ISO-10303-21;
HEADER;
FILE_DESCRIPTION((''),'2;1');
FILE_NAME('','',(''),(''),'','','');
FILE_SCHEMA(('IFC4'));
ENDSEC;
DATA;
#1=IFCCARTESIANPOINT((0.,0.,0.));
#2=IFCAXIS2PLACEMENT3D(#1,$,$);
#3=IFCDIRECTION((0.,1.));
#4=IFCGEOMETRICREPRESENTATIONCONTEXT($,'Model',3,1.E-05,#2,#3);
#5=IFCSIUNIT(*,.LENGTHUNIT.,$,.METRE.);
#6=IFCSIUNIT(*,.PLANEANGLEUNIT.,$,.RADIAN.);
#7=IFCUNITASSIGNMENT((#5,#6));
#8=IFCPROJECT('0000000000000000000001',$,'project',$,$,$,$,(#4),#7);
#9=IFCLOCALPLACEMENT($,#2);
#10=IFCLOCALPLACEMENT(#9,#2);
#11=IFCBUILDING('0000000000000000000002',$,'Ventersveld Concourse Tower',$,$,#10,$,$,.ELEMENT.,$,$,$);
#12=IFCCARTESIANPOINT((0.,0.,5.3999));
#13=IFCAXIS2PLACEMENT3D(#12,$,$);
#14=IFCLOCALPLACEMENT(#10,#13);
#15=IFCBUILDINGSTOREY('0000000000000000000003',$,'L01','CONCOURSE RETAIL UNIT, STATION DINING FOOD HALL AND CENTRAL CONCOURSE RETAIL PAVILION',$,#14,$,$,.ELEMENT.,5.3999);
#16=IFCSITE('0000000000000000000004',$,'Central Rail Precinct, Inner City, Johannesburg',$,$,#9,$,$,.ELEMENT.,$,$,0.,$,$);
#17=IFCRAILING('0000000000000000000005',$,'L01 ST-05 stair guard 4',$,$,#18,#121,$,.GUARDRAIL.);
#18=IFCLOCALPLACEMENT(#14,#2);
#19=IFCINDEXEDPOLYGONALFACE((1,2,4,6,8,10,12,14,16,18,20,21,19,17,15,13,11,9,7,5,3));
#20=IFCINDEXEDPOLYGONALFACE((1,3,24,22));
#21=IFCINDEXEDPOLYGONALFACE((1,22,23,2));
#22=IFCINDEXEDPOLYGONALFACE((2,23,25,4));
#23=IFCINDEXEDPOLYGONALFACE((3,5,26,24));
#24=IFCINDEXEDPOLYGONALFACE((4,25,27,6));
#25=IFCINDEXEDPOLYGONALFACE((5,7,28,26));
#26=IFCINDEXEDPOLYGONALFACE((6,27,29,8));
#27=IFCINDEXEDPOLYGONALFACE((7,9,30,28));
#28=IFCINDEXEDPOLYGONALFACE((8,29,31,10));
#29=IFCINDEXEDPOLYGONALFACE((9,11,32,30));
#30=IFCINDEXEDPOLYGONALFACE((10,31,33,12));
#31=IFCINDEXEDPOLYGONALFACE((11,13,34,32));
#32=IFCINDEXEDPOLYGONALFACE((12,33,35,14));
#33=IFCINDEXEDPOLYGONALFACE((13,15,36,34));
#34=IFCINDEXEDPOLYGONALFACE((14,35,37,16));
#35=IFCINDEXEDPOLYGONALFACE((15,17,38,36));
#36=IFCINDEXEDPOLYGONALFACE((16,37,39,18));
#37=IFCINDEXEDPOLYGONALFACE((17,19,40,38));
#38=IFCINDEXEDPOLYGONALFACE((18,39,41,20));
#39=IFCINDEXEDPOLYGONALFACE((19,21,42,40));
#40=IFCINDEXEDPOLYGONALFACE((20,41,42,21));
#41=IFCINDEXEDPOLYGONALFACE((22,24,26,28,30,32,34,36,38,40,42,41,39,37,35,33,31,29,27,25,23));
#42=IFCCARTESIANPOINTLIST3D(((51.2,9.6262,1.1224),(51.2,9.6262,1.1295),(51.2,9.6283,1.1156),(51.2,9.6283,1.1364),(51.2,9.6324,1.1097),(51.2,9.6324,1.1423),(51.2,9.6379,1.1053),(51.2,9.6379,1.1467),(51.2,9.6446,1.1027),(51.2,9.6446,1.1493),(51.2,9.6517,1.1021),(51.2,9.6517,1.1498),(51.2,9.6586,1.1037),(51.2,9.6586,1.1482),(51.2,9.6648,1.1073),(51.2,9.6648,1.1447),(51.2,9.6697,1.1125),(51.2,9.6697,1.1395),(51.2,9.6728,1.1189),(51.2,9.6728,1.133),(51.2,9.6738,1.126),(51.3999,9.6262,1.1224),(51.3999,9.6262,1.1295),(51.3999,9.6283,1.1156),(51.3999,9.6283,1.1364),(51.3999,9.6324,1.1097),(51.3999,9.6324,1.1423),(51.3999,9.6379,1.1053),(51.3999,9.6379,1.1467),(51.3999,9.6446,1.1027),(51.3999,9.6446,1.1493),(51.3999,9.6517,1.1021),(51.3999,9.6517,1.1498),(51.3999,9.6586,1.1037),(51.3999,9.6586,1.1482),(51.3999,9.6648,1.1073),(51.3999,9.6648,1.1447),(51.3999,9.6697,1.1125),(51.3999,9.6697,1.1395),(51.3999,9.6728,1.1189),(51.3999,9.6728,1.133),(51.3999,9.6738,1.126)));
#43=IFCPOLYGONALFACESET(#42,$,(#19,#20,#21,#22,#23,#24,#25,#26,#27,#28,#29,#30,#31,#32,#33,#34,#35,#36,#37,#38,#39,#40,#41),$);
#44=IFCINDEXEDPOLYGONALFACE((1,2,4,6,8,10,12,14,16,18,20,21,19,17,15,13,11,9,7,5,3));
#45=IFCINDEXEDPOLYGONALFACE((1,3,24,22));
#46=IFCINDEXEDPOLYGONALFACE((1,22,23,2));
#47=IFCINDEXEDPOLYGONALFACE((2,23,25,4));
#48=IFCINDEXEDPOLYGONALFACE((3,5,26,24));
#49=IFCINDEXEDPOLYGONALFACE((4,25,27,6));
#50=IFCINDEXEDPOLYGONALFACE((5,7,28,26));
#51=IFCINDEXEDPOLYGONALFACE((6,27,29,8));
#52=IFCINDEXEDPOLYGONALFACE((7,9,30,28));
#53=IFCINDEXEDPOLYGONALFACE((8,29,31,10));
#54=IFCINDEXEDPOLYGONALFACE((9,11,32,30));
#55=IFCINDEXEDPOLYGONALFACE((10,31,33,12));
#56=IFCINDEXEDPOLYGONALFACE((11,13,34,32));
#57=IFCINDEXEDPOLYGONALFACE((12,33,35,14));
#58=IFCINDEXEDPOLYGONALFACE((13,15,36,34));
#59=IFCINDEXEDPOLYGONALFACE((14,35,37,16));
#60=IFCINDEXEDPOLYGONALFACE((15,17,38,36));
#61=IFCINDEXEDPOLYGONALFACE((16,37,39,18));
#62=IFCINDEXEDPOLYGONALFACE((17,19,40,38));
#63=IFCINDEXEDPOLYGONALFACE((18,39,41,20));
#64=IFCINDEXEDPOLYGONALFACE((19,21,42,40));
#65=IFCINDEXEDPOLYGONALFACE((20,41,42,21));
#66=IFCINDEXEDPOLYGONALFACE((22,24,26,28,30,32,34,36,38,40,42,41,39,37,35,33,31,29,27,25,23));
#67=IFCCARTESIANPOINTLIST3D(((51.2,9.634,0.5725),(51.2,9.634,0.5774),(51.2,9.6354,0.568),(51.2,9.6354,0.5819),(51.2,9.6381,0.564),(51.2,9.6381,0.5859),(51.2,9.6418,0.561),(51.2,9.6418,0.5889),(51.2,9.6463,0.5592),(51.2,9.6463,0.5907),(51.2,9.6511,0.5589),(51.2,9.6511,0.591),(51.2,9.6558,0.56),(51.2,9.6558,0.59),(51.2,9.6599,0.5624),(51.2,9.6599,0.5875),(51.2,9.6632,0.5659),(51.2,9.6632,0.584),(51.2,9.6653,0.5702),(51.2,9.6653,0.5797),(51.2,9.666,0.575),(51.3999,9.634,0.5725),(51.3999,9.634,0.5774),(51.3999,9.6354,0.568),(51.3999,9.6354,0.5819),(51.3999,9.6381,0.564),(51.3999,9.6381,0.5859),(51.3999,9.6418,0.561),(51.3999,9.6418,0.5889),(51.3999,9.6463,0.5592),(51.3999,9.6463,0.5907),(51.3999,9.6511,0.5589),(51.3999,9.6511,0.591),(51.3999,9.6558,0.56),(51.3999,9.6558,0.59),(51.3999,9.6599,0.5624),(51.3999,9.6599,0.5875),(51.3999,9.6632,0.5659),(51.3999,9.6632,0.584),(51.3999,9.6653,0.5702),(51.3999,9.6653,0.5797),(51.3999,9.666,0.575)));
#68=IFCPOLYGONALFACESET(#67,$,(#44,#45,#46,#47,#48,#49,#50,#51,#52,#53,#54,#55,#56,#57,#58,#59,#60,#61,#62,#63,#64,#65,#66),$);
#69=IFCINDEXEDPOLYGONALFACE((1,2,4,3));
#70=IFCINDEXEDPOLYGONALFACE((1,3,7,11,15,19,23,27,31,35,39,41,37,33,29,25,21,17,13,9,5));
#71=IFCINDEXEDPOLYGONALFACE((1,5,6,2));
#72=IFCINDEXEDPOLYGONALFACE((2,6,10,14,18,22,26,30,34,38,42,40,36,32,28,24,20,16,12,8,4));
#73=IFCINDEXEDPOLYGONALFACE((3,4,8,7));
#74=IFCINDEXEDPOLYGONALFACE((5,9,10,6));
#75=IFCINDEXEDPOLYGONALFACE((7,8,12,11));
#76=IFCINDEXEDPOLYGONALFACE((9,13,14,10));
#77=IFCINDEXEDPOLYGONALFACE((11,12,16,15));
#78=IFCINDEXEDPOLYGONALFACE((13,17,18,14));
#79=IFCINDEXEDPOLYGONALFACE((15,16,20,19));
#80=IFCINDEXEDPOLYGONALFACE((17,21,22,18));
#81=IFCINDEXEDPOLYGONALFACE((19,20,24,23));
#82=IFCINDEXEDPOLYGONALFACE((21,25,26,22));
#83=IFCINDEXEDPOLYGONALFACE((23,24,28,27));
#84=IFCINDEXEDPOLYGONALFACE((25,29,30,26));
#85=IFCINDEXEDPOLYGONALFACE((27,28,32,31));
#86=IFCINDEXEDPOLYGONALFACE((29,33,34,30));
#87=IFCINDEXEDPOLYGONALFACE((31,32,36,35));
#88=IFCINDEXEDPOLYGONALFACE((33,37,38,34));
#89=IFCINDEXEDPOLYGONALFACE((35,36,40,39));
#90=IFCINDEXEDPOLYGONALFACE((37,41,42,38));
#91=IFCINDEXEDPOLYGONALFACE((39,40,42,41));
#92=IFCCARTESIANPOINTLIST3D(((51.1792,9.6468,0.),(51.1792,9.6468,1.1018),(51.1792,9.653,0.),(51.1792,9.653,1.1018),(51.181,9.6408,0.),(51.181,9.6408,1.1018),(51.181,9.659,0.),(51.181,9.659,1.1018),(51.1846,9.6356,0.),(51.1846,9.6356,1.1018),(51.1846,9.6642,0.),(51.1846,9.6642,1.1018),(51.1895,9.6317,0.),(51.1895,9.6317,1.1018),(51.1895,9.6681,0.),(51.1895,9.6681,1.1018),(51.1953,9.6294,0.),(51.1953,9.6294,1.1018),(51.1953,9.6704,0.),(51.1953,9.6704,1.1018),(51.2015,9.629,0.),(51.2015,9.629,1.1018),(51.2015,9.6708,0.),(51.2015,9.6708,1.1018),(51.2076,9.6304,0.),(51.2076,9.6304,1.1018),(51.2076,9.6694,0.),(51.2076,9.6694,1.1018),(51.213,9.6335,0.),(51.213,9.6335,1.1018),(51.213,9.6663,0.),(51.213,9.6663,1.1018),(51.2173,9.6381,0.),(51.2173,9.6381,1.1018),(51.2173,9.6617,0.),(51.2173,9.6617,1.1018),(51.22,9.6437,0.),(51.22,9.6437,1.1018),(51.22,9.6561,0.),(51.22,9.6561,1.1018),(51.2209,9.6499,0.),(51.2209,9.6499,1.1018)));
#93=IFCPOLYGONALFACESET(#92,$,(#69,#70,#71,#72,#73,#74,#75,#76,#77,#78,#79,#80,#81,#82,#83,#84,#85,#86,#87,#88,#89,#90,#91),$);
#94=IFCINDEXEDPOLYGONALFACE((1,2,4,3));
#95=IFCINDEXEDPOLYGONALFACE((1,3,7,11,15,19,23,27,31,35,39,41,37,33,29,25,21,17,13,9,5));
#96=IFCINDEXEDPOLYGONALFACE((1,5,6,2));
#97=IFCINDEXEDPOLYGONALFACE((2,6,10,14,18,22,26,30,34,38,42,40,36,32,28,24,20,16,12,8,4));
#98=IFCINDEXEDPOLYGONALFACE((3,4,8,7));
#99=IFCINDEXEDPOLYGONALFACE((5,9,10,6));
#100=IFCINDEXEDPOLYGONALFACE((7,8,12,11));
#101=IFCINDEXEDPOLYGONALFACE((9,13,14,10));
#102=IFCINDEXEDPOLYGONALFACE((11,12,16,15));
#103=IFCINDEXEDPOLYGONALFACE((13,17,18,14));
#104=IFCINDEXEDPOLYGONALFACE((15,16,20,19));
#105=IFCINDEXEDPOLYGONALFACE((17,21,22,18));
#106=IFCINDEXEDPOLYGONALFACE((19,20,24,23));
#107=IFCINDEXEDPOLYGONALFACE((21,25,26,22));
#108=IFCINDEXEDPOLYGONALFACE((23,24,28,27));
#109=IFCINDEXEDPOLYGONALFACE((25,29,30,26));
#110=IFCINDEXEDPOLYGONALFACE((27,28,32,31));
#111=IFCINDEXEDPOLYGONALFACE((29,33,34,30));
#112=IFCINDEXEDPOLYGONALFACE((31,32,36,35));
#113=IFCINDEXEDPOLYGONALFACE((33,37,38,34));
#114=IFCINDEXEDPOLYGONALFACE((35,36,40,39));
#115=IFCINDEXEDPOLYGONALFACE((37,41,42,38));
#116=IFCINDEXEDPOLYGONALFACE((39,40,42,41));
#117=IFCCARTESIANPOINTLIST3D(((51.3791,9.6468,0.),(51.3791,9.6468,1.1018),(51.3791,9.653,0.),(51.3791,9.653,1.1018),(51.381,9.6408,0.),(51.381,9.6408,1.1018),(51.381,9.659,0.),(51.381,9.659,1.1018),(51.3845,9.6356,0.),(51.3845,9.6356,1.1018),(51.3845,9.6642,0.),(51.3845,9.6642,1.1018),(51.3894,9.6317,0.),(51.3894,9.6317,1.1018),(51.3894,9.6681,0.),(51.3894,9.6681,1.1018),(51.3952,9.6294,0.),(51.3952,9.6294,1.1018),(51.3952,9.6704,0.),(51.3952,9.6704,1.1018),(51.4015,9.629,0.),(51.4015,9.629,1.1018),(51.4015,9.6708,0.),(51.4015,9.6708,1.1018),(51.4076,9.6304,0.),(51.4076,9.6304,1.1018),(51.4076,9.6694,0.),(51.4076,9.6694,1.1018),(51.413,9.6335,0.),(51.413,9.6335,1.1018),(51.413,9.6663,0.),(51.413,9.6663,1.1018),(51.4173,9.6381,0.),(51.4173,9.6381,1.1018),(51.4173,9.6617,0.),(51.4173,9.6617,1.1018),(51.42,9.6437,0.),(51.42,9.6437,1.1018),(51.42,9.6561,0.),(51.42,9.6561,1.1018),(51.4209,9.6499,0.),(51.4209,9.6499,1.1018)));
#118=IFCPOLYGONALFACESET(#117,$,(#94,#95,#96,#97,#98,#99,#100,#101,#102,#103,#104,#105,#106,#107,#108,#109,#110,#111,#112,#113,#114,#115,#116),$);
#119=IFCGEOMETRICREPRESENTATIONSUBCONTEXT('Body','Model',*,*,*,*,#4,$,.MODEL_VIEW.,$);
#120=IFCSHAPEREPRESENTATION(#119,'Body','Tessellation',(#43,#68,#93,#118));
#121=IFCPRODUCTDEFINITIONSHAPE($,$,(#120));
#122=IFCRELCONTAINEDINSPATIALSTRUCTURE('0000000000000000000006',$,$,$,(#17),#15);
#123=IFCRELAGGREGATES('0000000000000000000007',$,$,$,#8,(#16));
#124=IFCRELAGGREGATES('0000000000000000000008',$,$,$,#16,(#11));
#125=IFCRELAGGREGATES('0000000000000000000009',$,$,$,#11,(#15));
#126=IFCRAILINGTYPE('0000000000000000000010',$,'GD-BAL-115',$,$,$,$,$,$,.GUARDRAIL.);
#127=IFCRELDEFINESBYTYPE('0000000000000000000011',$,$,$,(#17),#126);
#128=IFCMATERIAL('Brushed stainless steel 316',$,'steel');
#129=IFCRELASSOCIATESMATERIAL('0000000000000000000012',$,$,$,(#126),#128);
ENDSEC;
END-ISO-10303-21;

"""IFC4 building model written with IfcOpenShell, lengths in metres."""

from ifc_helpers import new_model, si_unit, direction, frame, origin, origin_2d, place, context, subcontext, project, spatial, circle, extrude, material, type_object, element, save


model = new_model("IFC4")

# Units and contexts
model_context = context("Model", 3, precision=1e-05, world=origin(), true_north=direction((0.0, 1.0)))
body_context = subcontext(model_context, "Body", "Model", "MODEL_VIEW")
ifc_project = project(units=[si_unit("LENGTHUNIT", "METRE"), si_unit("PLANEANGLEUNIT", "RADIAN")], contexts=[model_context])

# Site, building, storey
site_placement = place(None, origin())
site = spatial("IfcSite", under=ifc_project, at=site_placement, Name="Central Rail Precinct, Inner City, Johannesburg", CompositionType="ELEMENT", RefElevation=0.0)
building_placement = place(site_placement, origin())
building = spatial("IfcBuilding", under=site, at=building_placement, Name="Ventersveld Concourse Tower", CompositionType="ELEMENT")
storey_placement = place(building_placement, frame((0.0, 0.0, 5.3999)))
storey = spatial("IfcBuildingStorey", under=building, at=storey_placement, Name="L01", Description="CONCOURSE RETAIL UNIT, STATION DINING FOOD HALL AND CENTRAL CONCOURSE RETAIL PAVILION", CompositionType="ELEMENT", Elevation=5.3999)

# Shared definitions
ifc_material_1 = material(Name="Brushed stainless steel 316", Category="steel")

# Railing
railing_type_1 = type_object("IfcRailingType", Name="GD-BAL-115", PredefinedType="GUARDRAIL", material=ifc_material_1)
railing_1_placement = place(storey_placement, frame((51.2, 9.6499, 0.0)))
element("IfcRailing", 1, at=railing_1_placement, inside=storey, type_object=railing_type_1, Name="L01 ST-05 stair guard 4", PredefinedType="GUARDRAIL", context=body_context, shape_type="SweptSolid", body=[
    extrude(circle(Radius=0.0239, at=origin_2d()), frame((0.0, 0.0, 1.126), z_axis=(1.0, 0.0, 0.0), x_axis=(0.0, 1.0, 0.0)), (0.0, 0.0, 1.0), 0.2),
    extrude(circle(Radius=0.0161, at=origin_2d()), frame((0.0, 0.0, 0.575), z_axis=(1.0, 0.0, 0.0), x_axis=(0.0, 1.0, 0.0)), (0.0, 0.0, 1.0), 0.2),
    extrude(circle(Radius=0.021, at=origin_2d()), origin(), (0.0, 0.0, 1.0), 1.1018),
    extrude(circle(Radius=0.021, at=origin_2d()), frame((0.2, 0.0, 0.0)), (0.0, 0.0, 1.0), 1.1018),
])

save(model, "model.ifc")
